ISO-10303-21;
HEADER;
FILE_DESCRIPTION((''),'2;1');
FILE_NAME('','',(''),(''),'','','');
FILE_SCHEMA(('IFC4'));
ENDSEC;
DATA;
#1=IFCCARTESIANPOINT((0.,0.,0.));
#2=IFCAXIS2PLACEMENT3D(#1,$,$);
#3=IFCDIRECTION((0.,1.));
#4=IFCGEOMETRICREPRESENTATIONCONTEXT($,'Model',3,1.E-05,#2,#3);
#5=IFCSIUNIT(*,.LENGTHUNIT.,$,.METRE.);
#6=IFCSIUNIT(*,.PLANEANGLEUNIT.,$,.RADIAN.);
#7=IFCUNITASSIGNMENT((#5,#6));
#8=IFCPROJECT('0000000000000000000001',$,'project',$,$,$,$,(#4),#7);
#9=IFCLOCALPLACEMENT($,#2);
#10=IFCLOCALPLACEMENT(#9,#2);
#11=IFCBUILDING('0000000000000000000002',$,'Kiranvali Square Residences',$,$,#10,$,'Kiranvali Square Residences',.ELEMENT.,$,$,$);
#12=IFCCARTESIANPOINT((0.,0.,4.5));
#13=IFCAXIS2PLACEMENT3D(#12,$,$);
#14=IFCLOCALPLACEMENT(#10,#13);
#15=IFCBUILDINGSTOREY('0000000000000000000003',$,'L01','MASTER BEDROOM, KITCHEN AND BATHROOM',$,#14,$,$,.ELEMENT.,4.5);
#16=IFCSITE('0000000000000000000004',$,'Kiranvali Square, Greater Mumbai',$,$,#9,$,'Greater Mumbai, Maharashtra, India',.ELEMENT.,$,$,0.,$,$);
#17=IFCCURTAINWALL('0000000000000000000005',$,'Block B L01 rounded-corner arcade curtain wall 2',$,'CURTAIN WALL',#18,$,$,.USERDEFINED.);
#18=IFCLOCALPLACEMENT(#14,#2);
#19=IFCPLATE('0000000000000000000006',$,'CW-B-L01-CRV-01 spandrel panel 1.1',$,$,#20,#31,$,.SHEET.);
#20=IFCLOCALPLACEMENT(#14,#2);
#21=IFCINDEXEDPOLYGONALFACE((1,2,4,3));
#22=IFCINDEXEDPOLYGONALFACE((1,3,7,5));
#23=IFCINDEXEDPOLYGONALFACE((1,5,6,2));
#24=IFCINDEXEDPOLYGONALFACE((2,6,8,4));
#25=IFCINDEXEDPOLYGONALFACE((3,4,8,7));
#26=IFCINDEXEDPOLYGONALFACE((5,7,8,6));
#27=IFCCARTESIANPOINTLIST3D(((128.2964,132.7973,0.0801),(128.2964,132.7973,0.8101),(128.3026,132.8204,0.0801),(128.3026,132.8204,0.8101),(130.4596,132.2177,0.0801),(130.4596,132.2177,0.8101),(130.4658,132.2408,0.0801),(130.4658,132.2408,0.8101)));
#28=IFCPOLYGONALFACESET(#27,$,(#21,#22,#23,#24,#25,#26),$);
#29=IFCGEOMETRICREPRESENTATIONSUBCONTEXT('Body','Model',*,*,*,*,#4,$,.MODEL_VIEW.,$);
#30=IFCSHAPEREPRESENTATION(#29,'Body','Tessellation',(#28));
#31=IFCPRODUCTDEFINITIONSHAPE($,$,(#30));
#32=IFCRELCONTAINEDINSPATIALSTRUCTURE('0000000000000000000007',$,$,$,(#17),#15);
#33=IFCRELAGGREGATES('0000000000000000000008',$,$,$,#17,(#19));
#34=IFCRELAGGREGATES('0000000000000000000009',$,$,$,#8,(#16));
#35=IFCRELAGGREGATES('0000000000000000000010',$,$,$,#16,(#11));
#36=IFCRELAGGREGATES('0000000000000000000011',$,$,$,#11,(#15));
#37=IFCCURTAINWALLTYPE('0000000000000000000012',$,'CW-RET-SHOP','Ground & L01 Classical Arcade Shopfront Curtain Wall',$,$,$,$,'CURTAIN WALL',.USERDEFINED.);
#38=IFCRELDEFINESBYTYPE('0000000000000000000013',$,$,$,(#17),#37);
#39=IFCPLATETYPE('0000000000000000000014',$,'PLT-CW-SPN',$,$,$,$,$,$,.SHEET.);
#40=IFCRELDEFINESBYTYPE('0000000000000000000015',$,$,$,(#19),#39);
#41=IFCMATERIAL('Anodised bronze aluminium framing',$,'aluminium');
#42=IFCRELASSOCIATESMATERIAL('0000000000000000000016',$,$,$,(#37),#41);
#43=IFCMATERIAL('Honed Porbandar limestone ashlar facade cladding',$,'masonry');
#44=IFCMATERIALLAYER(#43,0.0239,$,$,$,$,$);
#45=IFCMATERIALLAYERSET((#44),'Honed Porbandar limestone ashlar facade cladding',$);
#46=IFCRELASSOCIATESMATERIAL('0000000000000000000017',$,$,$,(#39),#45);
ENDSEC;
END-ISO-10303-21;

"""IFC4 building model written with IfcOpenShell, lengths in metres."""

from ifc_helpers import new_model, si_unit, direction, frame, origin, origin_2d, place, context, subcontext, project, spatial, rectangle, extrude, material, layer, layer_set, type_object, element, aggregate, save


model = new_model("IFC4")

# Units and contexts
model_context = context("Model", 3, precision=1e-05, world=origin(), true_north=direction((0.0, 1.0)))
body_context = subcontext(model_context, "Body", "Model", "MODEL_VIEW")
ifc_project = project(units=[si_unit("LENGTHUNIT", "METRE"), si_unit("PLANEANGLEUNIT", "RADIAN")], contexts=[model_context])

# Site, building, storey
site_placement = place(None, origin())
site = spatial("IfcSite", under=ifc_project, at=site_placement, Name="Kiranvali Square, Greater Mumbai", LongName="Greater Mumbai, Maharashtra, India", CompositionType="ELEMENT", RefElevation=0.0)
building_placement = place(site_placement, origin())
building = spatial("IfcBuilding", under=site, at=building_placement, Name="Kiranvali Square Residences", LongName="Kiranvali Square Residences", CompositionType="ELEMENT")
storey_placement = place(building_placement, frame((0.0, 0.0, 4.5)))
storey = spatial("IfcBuildingStorey", under=building, at=storey_placement, Name="L01", Description="MASTER BEDROOM, KITCHEN AND BATHROOM", CompositionType="ELEMENT", Elevation=4.5)

# Curtain wall
ifc_material_1 = material(Name="Anodised bronze aluminium framing", Category="aluminium")
curtain_wall_type = type_object("IfcCurtainWallType", Name="CW-RET-SHOP", Description="Ground & L01 Classical Arcade Shopfront Curtain Wall", ElementType="CURTAIN WALL", PredefinedType="USERDEFINED", material=ifc_material_1)
curtain_wall_1_placement = place(storey_placement, origin())
curtain_wall_1 = element("IfcCurtainWall", 1, at=curtain_wall_1_placement, inside=storey, type_object=curtain_wall_type, Name="Block B L01 rounded-corner arcade curtain wall 2", ObjectType="CURTAIN WALL", PredefinedType="USERDEFINED")

# Plate
ifc_material_2 = material(Name="Honed Porbandar limestone ashlar facade cladding", Category="masonry")
ifc_layer_1 = layer(ifc_material_2, 0.0239)
ifc_layer_set_1 = layer_set([ifc_layer_1], Name="Honed Porbandar limestone ashlar facade cladding")
plate_type_1 = type_object("IfcPlateType", Name="PLT-CW-SPN", PredefinedType="SHEET", material=ifc_layer_set_1)
plate_1_placement = place(storey_placement, frame((129.3811, 132.519, 0.0801), z_axis=(0.0, 0.0, 1.0), x_axis=(0.965926, -0.258819, 0.0)))
plate_1 = element("IfcPlate", 2, at=plate_1_placement, type_object=plate_type_1, Name="CW-B-L01-CRV-01 spandrel panel 1.1", PredefinedType="SHEET", context=body_context, shape_type="SweptSolid", body=[
    extrude(rectangle(XDim=2.2395, YDim=0.0239, at=origin_2d()), origin(), (0.0, 0.0, 1.0), 0.73),
])
aggregate(curtain_wall_1, [plate_1])

save(model, "model.ifc")
